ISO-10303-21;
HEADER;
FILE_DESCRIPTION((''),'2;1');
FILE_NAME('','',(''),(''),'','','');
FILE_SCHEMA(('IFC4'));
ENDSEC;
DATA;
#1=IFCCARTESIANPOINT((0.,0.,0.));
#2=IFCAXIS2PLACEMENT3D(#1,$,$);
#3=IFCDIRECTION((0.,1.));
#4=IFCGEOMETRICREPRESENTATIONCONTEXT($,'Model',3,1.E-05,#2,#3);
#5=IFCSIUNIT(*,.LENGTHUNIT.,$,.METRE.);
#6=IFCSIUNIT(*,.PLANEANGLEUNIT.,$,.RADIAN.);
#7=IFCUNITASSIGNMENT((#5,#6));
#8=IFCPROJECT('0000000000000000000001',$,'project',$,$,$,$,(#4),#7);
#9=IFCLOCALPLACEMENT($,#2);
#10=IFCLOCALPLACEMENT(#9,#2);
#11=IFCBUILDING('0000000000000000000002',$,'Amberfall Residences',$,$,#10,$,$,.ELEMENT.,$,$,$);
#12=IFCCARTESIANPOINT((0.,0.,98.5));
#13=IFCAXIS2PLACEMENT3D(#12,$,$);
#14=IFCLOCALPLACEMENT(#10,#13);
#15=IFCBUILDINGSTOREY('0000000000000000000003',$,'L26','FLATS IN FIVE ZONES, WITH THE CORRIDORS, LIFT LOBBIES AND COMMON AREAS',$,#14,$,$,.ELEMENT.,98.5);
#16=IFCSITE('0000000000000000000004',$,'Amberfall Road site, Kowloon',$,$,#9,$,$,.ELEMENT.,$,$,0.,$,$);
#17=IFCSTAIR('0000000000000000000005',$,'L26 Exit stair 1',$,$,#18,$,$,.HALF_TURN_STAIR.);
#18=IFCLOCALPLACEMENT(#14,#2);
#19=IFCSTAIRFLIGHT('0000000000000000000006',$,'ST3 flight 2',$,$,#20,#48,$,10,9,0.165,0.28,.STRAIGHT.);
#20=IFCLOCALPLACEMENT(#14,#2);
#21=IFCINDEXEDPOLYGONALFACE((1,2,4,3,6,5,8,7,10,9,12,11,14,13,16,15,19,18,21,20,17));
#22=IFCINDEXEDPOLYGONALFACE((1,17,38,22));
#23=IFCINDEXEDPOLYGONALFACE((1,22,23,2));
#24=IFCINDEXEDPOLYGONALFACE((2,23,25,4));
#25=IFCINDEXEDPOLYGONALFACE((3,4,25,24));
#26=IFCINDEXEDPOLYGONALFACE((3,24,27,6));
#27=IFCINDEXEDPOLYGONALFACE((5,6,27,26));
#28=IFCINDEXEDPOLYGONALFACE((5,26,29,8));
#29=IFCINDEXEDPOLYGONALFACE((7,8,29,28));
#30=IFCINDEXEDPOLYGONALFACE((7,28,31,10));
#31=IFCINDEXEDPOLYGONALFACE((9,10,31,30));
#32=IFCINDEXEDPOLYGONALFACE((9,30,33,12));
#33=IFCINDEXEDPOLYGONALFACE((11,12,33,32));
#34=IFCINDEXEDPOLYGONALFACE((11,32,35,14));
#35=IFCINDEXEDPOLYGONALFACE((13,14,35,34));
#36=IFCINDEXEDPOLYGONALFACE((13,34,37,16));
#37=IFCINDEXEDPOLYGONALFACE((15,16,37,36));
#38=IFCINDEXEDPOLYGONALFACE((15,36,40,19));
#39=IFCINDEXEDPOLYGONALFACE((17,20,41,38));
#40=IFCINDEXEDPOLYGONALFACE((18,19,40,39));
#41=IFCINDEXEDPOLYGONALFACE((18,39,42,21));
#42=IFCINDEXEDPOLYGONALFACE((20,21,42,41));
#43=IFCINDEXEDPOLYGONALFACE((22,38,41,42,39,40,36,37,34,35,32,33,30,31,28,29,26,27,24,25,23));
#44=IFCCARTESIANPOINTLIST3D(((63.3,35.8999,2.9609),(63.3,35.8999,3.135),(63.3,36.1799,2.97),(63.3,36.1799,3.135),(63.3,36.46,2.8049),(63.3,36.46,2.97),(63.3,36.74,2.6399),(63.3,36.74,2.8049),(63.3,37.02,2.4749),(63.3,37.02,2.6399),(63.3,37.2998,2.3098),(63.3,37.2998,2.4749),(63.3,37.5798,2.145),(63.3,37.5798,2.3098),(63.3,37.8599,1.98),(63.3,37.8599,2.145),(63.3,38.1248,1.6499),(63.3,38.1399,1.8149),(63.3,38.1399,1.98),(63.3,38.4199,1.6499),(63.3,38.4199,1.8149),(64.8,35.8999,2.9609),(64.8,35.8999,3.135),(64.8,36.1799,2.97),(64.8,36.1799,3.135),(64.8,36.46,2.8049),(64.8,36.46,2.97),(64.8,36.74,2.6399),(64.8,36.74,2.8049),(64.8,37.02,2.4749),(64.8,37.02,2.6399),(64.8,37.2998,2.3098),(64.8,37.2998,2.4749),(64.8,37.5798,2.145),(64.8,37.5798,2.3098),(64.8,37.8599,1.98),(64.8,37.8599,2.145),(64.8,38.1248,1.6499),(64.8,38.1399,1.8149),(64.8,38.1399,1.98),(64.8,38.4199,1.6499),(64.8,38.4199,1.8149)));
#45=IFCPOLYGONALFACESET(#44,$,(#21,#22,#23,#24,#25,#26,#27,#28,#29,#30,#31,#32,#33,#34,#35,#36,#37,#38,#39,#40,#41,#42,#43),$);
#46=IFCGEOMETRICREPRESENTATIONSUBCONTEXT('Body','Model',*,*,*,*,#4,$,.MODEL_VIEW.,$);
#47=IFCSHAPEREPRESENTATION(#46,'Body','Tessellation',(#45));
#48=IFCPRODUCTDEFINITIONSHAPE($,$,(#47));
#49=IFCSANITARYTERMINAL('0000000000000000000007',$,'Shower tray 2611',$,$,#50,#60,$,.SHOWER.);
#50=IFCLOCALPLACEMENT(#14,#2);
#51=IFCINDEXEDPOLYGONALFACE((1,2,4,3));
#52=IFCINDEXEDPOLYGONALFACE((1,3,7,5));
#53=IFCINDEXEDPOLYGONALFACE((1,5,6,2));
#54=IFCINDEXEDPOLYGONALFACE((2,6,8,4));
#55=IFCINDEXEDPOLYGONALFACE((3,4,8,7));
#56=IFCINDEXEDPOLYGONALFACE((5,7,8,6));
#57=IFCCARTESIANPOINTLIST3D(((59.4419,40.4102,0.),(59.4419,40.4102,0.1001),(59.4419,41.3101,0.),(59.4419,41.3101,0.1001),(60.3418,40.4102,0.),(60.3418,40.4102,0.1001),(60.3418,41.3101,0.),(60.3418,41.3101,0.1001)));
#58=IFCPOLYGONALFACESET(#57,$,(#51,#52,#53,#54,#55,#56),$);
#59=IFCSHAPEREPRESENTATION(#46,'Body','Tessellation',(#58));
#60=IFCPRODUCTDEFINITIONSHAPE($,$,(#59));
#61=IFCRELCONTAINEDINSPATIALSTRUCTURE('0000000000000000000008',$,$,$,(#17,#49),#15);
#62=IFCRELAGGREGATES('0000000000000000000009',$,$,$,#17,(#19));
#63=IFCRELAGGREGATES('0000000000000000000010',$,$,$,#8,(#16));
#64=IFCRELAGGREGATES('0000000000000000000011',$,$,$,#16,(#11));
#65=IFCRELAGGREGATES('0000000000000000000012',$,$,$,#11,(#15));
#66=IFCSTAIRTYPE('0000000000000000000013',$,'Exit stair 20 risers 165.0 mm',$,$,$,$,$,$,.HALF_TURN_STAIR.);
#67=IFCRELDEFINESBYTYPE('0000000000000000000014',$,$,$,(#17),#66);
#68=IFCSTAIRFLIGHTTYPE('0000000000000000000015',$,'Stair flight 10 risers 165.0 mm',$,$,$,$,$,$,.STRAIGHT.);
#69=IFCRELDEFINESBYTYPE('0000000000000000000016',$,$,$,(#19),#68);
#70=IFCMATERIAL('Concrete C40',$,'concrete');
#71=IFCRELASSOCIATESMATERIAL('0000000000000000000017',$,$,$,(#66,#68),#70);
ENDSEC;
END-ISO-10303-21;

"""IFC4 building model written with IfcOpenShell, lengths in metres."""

from ifc_helpers import new_model, si_unit, direction, frame, origin, origin_2d, place, context, subcontext, project, spatial, polyline, rectangle, outline, extrude, material, type_object, element, aggregate, save


model = new_model("IFC4")

# Units and contexts
model_context = context("Model", 3, precision=1e-05, world=origin(), true_north=direction((0.0, 1.0)))
body_context = subcontext(model_context, "Body", "Model", "MODEL_VIEW")
ifc_project = project(units=[si_unit("LENGTHUNIT", "METRE"), si_unit("PLANEANGLEUNIT", "RADIAN")], contexts=[model_context])

# Site, building, storey
site_placement = place(None, origin())
site = spatial("IfcSite", under=ifc_project, at=site_placement, Name="Amberfall Road site, Kowloon", CompositionType="ELEMENT", RefElevation=0.0)
building_placement = place(site_placement, origin())
building = spatial("IfcBuilding", under=site, at=building_placement, Name="Amberfall Residences", CompositionType="ELEMENT")
storey_placement = place(building_placement, frame((0.0, 0.0, 98.5)))
storey = spatial("IfcBuildingStorey", under=building, at=storey_placement, Name="L26", Description="FLATS IN FIVE ZONES, WITH THE CORRIDORS, LIFT LOBBIES AND COMMON AREAS", CompositionType="ELEMENT", Elevation=98.5)

# Stair, stair flight
ifc_material_1 = material(Name="Concrete C40", Category="concrete")
stair_type = type_object("IfcStairType", Name="Exit stair 20 risers 165.0 mm", PredefinedType="HALF_TURN_STAIR", material=ifc_material_1)
stair_placement = place(storey_placement, origin())
stair = element("IfcStair", 1, at=stair_placement, inside=storey, type_object=stair_type, Name="L26 Exit stair 1", PredefinedType="HALF_TURN_STAIR")
stair_flight_type = type_object("IfcStairFlightType", Name="Stair flight 10 risers 165.0 mm", PredefinedType="STRAIGHT", material=ifc_material_1)
stair_flight_1_placement = place(storey_placement, frame((64.05, 38.4199, 1.6499), z_axis=(0.0, 0.0, 1.0), x_axis=(0.0, -1.0, 0.0)))
stair_flight_1 = element("IfcStairFlight", 2, at=stair_flight_1_placement, type_object=stair_flight_type, Name="ST3 flight 2", NumberOfRisers=10, NumberOfTreads=9, PredefinedType="STRAIGHT", RiserHeight=0.165, TreadLength=0.28, context=body_context, shape_type="SweptSolid", body=[
    extrude(outline(polyline([(0.0, 0.0), (0.0, 0.165), (0.28, 0.165), (0.28, 0.3301), (0.5601, 0.3301), (0.5601, 0.4951), (0.8401, 0.4951), (0.8401, 0.6599), (1.1201, 0.6599), (1.1201, 0.825), (1.3999, 0.825), (1.3999, 0.99), (1.6799, 0.99), (1.6799, 1.155), (1.96, 1.155), (1.96, 1.3201), (2.24, 1.3201), (2.24, 1.4851), (2.52, 1.4851), (2.52, 1.6499), (2.52, 1.311), (0.2952, 0.0), (0.0, 0.0)])), frame((0.0, 0.75, 0.0), z_axis=(0.0, -1.0, 0.0), x_axis=(1.0, 0.0, 0.0)), (0.0, 0.0, 1.0), 1.5),
])
aggregate(stair, [stair_flight_1])

# Sanitary terminal
sanitary_terminal_placement = place(storey_placement, frame((59.8918, 40.8601, 0.0), z_axis=(0.0, 0.0, 1.0), x_axis=(1.0, 0.0, 0.0)))
element("IfcSanitaryTerminal", 3, at=sanitary_terminal_placement, inside=storey, Name="Shower tray 2611", PredefinedType="SHOWER", context=body_context, shape_type="SweptSolid", body=[
    extrude(rectangle(XDim=0.8999, YDim=0.8999, at=origin_2d()), origin(), (0.0, 0.0, 1.0), 0.1001),
])

save(model, "model.ifc")
